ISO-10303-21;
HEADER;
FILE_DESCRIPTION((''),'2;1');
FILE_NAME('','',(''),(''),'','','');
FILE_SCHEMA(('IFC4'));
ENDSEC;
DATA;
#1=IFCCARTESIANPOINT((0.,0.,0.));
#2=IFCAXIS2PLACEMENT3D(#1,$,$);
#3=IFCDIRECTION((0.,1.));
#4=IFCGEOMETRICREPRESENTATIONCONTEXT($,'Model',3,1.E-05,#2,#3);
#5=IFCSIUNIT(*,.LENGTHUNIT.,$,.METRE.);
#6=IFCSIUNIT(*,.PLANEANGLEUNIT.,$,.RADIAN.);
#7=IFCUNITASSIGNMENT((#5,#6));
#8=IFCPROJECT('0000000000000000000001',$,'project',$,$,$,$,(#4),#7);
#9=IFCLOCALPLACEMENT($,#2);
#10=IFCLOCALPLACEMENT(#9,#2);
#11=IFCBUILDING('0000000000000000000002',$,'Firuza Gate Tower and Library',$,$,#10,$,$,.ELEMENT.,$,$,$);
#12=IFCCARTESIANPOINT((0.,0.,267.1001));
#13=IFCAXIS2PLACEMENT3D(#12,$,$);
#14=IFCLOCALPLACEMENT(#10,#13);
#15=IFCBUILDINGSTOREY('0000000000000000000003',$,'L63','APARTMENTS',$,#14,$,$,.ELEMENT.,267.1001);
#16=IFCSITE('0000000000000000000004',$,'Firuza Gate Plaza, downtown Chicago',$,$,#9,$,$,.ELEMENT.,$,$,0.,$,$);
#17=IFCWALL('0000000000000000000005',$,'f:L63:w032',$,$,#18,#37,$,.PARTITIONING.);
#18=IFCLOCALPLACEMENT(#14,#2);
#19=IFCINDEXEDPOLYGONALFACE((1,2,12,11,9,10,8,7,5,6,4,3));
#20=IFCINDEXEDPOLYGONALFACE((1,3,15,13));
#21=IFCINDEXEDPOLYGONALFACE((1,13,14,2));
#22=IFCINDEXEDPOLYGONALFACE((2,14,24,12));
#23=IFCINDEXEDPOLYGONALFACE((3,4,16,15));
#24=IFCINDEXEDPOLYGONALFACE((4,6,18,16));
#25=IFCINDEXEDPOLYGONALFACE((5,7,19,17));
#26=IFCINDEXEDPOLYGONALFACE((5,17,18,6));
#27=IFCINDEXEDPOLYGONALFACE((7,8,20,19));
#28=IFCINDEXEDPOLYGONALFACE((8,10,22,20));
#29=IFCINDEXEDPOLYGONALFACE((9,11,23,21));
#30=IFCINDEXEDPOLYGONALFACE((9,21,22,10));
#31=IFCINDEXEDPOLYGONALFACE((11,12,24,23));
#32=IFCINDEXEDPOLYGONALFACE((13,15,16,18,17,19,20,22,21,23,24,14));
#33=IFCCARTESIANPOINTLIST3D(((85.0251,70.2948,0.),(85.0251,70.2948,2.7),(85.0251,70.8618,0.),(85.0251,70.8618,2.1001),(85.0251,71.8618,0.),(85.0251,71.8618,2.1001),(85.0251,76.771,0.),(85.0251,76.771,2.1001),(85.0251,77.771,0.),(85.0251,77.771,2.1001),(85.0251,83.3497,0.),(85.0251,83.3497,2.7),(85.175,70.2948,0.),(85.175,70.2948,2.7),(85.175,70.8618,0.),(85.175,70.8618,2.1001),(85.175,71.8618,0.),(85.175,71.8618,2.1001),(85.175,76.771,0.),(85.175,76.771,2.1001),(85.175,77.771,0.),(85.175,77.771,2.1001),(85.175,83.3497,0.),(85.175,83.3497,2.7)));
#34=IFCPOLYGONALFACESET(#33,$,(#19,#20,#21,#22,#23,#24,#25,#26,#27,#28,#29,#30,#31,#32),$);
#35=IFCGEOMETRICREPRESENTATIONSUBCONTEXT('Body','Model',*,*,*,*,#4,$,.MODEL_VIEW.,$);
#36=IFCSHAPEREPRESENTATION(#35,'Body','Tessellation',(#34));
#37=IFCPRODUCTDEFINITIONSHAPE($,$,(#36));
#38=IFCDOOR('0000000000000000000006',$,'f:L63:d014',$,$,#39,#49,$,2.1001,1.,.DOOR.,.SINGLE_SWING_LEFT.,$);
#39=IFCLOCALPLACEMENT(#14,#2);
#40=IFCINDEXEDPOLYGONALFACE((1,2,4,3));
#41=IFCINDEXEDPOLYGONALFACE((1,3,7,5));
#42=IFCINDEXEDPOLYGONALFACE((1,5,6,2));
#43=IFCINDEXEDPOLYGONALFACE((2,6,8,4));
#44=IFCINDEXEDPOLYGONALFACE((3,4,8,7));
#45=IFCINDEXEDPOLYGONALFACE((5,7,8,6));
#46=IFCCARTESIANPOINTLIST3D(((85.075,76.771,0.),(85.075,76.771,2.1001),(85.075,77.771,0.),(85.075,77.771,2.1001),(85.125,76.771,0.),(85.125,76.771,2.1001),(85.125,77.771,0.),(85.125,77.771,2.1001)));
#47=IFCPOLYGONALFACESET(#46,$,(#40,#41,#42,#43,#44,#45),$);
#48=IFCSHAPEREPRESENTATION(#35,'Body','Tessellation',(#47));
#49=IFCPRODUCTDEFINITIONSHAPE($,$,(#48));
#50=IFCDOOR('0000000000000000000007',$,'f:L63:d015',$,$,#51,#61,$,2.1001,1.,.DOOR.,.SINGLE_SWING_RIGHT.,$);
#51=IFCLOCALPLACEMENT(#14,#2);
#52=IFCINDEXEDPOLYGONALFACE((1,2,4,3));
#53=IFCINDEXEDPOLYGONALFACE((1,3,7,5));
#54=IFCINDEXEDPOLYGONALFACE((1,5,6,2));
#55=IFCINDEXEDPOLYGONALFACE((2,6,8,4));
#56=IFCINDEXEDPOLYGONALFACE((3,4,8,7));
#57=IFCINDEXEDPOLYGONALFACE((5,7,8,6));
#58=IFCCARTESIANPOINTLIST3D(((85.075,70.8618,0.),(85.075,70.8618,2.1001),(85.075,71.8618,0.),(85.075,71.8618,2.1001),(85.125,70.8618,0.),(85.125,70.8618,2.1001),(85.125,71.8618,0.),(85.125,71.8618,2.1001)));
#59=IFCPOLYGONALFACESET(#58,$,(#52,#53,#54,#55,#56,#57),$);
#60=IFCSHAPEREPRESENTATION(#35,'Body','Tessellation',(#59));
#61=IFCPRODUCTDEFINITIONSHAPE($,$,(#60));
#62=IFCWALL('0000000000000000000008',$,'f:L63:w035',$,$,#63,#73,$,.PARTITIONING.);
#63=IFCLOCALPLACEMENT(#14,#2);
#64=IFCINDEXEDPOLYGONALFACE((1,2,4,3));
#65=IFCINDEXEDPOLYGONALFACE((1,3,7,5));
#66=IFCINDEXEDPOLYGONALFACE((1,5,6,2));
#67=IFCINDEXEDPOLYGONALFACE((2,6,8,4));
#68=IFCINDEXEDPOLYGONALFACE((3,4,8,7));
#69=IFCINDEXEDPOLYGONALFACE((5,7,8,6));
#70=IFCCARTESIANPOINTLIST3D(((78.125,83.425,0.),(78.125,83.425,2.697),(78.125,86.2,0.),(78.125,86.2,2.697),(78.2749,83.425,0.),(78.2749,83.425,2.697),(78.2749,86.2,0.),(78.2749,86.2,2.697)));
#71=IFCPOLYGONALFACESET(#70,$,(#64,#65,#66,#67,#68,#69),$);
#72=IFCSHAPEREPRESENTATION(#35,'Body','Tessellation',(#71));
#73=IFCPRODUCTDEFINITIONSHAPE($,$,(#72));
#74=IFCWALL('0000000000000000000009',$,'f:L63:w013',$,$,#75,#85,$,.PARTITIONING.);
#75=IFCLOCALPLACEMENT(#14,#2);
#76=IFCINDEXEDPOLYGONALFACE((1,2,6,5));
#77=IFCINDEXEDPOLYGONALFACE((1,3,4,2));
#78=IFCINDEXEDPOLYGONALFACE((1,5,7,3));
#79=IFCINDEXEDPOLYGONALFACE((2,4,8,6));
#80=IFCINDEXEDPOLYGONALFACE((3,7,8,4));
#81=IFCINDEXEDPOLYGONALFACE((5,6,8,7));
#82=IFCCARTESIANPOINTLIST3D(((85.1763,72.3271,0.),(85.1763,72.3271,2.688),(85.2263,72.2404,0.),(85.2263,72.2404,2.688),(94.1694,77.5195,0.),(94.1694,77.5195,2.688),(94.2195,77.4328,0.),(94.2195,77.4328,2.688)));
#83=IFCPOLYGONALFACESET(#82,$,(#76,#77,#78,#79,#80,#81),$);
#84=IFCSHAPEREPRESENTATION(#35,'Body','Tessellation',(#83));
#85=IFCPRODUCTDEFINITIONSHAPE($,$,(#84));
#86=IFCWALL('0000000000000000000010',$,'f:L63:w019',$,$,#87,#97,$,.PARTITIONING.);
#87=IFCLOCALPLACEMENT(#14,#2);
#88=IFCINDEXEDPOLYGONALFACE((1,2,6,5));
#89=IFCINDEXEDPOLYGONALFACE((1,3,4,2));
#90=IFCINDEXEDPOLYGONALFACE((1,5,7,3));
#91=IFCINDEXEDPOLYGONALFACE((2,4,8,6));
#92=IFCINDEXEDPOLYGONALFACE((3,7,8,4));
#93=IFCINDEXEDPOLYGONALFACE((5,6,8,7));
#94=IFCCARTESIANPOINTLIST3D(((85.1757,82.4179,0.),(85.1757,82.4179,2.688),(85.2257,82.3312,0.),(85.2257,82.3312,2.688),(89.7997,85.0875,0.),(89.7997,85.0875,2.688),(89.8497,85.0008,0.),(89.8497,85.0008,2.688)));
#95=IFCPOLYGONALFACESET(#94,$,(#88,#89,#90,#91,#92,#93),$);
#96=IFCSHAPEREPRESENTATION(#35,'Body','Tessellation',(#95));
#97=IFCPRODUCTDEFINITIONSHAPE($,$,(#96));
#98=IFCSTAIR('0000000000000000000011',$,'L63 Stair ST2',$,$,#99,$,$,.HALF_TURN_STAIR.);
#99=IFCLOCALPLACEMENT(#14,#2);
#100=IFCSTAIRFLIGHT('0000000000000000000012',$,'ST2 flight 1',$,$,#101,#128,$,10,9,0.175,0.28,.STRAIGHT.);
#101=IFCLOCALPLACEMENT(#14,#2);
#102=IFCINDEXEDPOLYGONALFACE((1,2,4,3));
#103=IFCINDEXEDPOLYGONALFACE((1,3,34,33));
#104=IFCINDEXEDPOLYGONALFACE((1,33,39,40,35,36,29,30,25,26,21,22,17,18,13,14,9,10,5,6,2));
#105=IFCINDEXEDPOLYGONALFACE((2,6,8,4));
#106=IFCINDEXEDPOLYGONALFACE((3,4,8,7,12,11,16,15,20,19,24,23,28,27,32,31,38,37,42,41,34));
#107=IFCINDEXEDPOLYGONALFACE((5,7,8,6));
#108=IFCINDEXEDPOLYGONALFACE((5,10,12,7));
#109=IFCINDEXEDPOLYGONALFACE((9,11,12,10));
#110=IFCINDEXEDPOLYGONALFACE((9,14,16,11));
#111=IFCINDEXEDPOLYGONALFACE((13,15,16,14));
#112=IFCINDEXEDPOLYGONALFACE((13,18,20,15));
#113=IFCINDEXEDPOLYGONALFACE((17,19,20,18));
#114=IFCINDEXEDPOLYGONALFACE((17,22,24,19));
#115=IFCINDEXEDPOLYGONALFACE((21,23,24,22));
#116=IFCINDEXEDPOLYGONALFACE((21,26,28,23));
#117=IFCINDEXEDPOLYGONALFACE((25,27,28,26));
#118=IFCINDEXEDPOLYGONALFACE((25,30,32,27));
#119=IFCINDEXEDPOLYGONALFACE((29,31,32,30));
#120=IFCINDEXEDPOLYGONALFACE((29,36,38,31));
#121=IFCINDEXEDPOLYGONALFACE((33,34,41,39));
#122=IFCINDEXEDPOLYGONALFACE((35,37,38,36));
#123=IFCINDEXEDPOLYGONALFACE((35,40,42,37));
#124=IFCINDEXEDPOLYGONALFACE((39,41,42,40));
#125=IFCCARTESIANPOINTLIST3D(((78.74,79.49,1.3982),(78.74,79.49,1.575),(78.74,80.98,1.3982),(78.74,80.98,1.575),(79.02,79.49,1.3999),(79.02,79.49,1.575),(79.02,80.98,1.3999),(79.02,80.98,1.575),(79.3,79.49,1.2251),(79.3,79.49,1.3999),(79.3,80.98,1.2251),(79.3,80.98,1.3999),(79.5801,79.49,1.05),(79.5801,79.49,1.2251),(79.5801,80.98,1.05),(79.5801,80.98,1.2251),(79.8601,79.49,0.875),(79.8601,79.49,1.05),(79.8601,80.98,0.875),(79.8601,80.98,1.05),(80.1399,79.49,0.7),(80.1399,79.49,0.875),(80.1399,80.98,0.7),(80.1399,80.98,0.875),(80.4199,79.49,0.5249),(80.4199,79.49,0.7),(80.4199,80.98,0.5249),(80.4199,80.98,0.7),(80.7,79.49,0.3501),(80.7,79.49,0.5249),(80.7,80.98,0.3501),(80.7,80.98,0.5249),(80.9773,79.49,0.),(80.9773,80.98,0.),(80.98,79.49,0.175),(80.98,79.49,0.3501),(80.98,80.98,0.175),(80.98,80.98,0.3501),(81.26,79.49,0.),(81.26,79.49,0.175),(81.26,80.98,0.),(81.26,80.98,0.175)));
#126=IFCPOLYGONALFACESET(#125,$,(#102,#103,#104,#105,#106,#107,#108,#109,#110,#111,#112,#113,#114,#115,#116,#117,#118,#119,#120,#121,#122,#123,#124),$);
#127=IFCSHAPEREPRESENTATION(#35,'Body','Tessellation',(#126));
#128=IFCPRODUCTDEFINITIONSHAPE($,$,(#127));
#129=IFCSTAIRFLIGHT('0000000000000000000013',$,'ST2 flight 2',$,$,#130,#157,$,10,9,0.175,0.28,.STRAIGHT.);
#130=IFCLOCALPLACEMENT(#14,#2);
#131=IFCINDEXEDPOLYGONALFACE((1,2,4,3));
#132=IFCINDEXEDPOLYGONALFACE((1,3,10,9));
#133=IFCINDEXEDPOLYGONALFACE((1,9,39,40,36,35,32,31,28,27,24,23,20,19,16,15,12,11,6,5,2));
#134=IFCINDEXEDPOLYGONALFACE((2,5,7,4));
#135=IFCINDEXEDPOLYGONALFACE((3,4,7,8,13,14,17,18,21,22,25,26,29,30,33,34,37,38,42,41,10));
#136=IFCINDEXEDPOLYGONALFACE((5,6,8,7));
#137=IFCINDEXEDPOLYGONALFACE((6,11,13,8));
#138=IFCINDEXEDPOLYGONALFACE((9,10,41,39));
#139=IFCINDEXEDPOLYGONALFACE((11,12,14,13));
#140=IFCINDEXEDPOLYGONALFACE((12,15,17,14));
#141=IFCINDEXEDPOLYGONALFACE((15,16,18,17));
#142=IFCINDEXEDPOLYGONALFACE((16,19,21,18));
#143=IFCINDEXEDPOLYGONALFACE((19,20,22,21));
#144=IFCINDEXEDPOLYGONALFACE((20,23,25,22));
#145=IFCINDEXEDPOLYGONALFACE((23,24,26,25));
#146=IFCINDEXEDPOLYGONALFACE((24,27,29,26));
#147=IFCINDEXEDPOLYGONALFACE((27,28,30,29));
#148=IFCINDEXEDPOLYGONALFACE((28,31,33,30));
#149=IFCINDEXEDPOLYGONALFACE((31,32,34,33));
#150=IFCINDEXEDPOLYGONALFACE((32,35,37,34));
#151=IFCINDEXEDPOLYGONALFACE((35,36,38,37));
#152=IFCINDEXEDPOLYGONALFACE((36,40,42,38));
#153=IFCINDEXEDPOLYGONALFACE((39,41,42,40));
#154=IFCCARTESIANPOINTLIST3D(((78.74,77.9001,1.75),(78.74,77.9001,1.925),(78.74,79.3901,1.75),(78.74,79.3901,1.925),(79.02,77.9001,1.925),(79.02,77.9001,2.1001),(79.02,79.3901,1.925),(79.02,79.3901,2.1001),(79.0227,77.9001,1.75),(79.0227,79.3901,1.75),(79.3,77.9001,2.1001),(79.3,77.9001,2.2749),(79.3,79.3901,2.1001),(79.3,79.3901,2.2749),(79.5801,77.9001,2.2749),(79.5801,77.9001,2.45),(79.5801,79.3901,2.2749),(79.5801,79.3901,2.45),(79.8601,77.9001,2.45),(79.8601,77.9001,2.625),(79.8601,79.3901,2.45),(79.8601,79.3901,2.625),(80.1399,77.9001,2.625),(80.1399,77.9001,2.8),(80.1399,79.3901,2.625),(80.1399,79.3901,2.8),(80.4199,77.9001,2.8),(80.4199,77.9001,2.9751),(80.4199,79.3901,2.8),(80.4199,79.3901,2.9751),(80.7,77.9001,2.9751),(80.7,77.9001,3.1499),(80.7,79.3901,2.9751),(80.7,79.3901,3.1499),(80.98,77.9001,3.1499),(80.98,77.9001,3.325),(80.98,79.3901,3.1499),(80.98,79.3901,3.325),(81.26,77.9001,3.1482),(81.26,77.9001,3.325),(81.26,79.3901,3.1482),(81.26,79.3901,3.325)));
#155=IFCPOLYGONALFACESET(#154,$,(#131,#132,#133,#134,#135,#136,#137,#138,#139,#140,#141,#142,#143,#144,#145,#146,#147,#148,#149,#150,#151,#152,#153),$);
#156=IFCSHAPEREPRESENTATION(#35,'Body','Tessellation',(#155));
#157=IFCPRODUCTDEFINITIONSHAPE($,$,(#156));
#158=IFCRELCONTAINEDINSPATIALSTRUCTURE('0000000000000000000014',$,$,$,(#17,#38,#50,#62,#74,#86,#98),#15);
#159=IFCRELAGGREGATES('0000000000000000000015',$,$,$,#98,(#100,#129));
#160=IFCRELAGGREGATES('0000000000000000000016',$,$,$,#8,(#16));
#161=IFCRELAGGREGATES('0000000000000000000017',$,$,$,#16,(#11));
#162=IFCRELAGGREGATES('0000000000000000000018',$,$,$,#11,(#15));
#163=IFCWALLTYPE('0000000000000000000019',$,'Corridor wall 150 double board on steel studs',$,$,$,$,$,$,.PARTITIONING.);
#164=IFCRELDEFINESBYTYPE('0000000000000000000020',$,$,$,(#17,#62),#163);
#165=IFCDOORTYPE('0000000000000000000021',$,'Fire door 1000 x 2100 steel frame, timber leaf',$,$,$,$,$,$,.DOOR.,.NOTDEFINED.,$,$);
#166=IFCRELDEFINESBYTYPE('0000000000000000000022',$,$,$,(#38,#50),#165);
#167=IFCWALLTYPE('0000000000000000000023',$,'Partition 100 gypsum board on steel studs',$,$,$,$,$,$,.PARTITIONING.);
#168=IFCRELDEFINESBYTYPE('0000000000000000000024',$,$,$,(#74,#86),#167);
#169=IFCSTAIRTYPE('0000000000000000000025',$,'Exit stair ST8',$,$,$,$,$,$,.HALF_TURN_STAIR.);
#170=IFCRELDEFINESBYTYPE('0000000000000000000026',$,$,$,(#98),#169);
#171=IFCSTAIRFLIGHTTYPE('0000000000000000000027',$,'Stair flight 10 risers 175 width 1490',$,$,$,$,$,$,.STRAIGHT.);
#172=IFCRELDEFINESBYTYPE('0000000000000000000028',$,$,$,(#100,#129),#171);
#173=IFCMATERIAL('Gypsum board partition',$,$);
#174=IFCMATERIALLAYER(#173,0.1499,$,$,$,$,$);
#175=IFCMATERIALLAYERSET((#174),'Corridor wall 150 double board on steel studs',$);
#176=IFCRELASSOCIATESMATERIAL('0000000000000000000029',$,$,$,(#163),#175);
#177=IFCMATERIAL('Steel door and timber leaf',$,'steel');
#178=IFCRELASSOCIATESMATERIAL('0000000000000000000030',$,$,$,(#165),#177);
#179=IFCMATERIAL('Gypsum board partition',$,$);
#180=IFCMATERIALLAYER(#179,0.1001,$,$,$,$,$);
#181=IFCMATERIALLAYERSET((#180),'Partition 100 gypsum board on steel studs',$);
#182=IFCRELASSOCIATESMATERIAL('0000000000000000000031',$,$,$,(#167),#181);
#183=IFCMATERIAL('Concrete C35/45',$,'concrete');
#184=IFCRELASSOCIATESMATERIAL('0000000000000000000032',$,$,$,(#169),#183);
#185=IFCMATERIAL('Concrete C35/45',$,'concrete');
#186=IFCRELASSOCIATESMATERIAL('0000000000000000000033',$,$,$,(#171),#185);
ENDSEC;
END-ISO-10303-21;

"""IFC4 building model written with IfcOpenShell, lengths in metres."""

from ifc_helpers import new_model, si_unit, direction, frame, frame_2d, origin, place, context, subcontext, project, spatial, polyline, rectangle, outline, extrude, material, layer, layer_set, type_object, element, fill, aggregate, save


model = new_model("IFC4")

# Units and contexts
model_context = context("Model", 3, precision=1e-05, world=origin(), true_north=direction((0.0, 1.0)))
body_context = subcontext(model_context, "Body", "Model", "MODEL_VIEW")
ifc_project = project(units=[si_unit("LENGTHUNIT", "METRE"), si_unit("PLANEANGLEUNIT", "RADIAN")], contexts=[model_context])

# Site, building, storey
site_placement = place(None, origin())
site = spatial("IfcSite", under=ifc_project, at=site_placement, Name="Firuza Gate Plaza, downtown Chicago", CompositionType="ELEMENT", RefElevation=0.0)
building_placement = place(site_placement, origin())
building = spatial("IfcBuilding", under=site, at=building_placement, Name="Firuza Gate Tower and Library", CompositionType="ELEMENT")
storey_placement = place(building_placement, frame((0.0, 0.0, 267.1001)))
storey = spatial("IfcBuildingStorey", under=building, at=storey_placement, Name="L63", Description="APARTMENTS", CompositionType="ELEMENT", Elevation=267.1001)

# Shared definitions
placement = place(storey_placement, origin())

# Shared definitions
ifc_material_1 = material(Name="Gypsum board partition")
ifc_layer_1 = layer(ifc_material_1, 0.1499)
ifc_layer_set_1 = layer_set([ifc_layer_1], Name="Corridor wall 150 double board on steel studs")
wall_type_1 = type_object("IfcWallType", Name="Corridor wall 150 double board on steel studs", PredefinedType="PARTITIONING", material=ifc_layer_set_1)
ifc_material_2 = material(Name="Steel door and timber leaf", Category="steel")
door_type_1 = type_object("IfcDoorType", Name="Fire door 1000 x 2100 steel frame, timber leaf", OperationType="NOTDEFINED", PredefinedType="DOOR", material=ifc_material_2)

# Wall, openings, doors
wall_1_placement = place(storey_placement, frame((85.1001, 83.3496, 0.0), z_axis=(0.0, 0.0, 1.0), x_axis=(0.0, -1.0, 0.0)))
wall_1 = element("IfcWall", 1, at=wall_1_placement, inside=storey, type_object=wall_type_1, Name="f:L63:w032", PredefinedType="PARTITIONING", context=body_context, shape_type="SweptSolid", body=[
    extrude(rectangle(XDim=13.0549, YDim=0.1499, at=frame_2d((6.5273, 0.0))), origin(), (0.0, 0.0, 1.0), 2.7),
])
opening_1_placement = place(wall_1_placement, frame((5.5786, 0.0, 0.0)))
opening_1 = element("IfcOpeningElement", 2, at=opening_1_placement, cuts=wall_1, PredefinedType="OPENING", context=body_context, shape_type="SweptSolid", body=[
    extrude(rectangle(XDim=1.0, YDim=2.1001, at=frame_2d((0.5, 1.05))), frame((0.0, 0.085, 0.0), z_axis=(0.0, -1.0, 0.0), x_axis=(1.0, 0.0, 0.0)), (0.0, 0.0, 1.0), 0.1699),
])
opening_2_placement = place(wall_1_placement, frame((11.4878, 0.0, 0.0)))
opening_2 = element("IfcOpeningElement", 3, at=opening_2_placement, cuts=wall_1, PredefinedType="OPENING", context=body_context, shape_type="SweptSolid", body=[
    extrude(rectangle(XDim=1.0, YDim=2.1001, at=frame_2d((0.5, 1.05))), frame((0.0, 0.085, 0.0), z_axis=(0.0, -1.0, 0.0), x_axis=(1.0, 0.0, 0.0)), (0.0, 0.0, 1.0), 0.1699),
])
door_1_placement = place(opening_1_placement, origin())
door_1 = element("IfcDoor", 4, at=door_1_placement, inside=storey, type_object=door_type_1, Name="f:L63:d014", OperationType="SINGLE_SWING_LEFT", OverallHeight=2.1001, OverallWidth=1.0, PredefinedType="DOOR", context=body_context, shape_type="SweptSolid", body=[
    extrude(rectangle(XDim=1.0, YDim=2.1001, at=frame_2d((0.5, 1.05))), frame((0.0, 0.0249, 0.0), z_axis=(0.0, -1.0, 0.0), x_axis=(1.0, 0.0, 0.0)), (0.0, 0.0, 1.0), 0.05),
])
fill(opening_1, door_1)
door_2_placement = place(opening_2_placement, origin())
door_2 = element("IfcDoor", 5, at=door_2_placement, inside=storey, type_object=door_type_1, Name="f:L63:d015", OperationType="SINGLE_SWING_RIGHT", OverallHeight=2.1001, OverallWidth=1.0, PredefinedType="DOOR", context=body_context, shape_type="SweptSolid", body=[
    extrude(rectangle(XDim=1.0, YDim=2.1001, at=frame_2d((0.5, 1.05))), frame((0.0, 0.0249, 0.0), z_axis=(0.0, -1.0, 0.0), x_axis=(1.0, 0.0, 0.0)), (0.0, 0.0, 1.0), 0.05),
])
fill(opening_2, door_2)

# Walls
wall_2_placement = place(storey_placement, frame((78.2, 83.425, 0.0), z_axis=(0.0, 0.0, 1.0), x_axis=(0.0, 1.0, 0.0)))
element("IfcWall", 6, at=wall_2_placement, inside=storey, type_object=wall_type_1, Name="f:L63:w035", PredefinedType="PARTITIONING", context=body_context, shape_type="SweptSolid", body=[
    extrude(rectangle(XDim=2.7749, YDim=0.1499, at=frame_2d((1.3875, 0.0))), origin(), (0.0, 0.0, 1.0), 2.697),
])
ifc_material_3 = material(Name="Gypsum board partition")
ifc_layer_2 = layer(ifc_material_3, 0.1001)
ifc_layer_set_2 = layer_set([ifc_layer_2], Name="Partition 100 gypsum board on steel studs")
wall_type_2 = type_object("IfcWallType", Name="Partition 100 gypsum board on steel studs", PredefinedType="PARTITIONING", material=ifc_layer_set_2)
wall_3_placement = place(storey_placement, frame((85.2012, 72.2837, 0.0), z_axis=(0.0, 0.0, 1.0), x_axis=(0.866018, 0.500013, 0.0)))
element("IfcWall", 7, at=wall_3_placement, inside=storey, type_object=wall_type_2, Name="f:L63:w013", PredefinedType="PARTITIONING", context=body_context, shape_type="SweptSolid", body=[
    extrude(rectangle(XDim=10.3845, YDim=0.1001, at=frame_2d((5.1924, 0.0))), origin(), (0.0, 0.0, 1.0), 2.688),
])
wall_4_placement = place(storey_placement, frame((85.2007, 82.3745, 0.0), z_axis=(0.0, 0.0, 1.0), x_axis=(0.866026, 0.5, 0.0)))
element("IfcWall", 8, at=wall_4_placement, inside=storey, type_object=wall_type_2, Name="f:L63:w019", PredefinedType="PARTITIONING", context=body_context, shape_type="SweptSolid", body=[
    extrude(rectangle(XDim=5.3394, YDim=0.1001, at=frame_2d((2.6697, 0.0))), origin(), (0.0, 0.0, 1.0), 2.688),
])

# Stair, stair flights
ifc_material_4 = material(Name="Concrete C35/45", Category="concrete")
stair_type = type_object("IfcStairType", Name="Exit stair ST8", PredefinedType="HALF_TURN_STAIR", material=ifc_material_4)
stair = element("IfcStair", 9, at=placement, inside=storey, type_object=stair_type, Name="L63 Stair ST2", PredefinedType="HALF_TURN_STAIR")
ifc_material_5 = material(Name="Concrete C35/45", Category="concrete")
stair_flight_type = type_object("IfcStairFlightType", Name="Stair flight 10 risers 175 width 1490", PredefinedType="STRAIGHT", material=ifc_material_5)
stair_flight_1_placement = place(storey_placement, frame((81.26, 80.2351, 0.0), z_axis=(0.0, 0.0, 1.0), x_axis=(-1.0, 0.0, 0.0)))
stair_flight_1 = element("IfcStairFlight", 10, at=stair_flight_1_placement, type_object=stair_flight_type, Name="ST2 flight 1", NumberOfRisers=10, NumberOfTreads=9, PredefinedType="STRAIGHT", RiserHeight=0.175, TreadLength=0.28, context=body_context, shape_type="SweptSolid", body=[
    extrude(outline(polyline([(0.0, 0.0), (0.0, 0.175), (0.28, 0.175), (0.28, 0.3501), (0.5601, 0.3501), (0.5601, 0.5249), (0.8401, 0.5249), (0.8401, 0.7), (1.1201, 0.7), (1.1201, 0.875), (1.3999, 0.875), (1.3999, 1.05), (1.6799, 1.05), (1.6799, 1.2251), (1.96, 1.2251), (1.96, 1.3999), (2.24, 1.3999), (2.24, 1.575), (2.52, 1.575), (2.52, 1.75), (2.52, 1.3982), (0.2827, 0.0), (0.0, 0.0)])), frame((0.0, 0.7451, 0.0), z_axis=(0.0, -1.0, 0.0), x_axis=(1.0, 0.0, 0.0)), (0.0, 0.0, 1.0), 1.49),
])
stair_flight_2_placement = place(storey_placement, frame((78.74, 78.645, 1.75), z_axis=(0.0, 0.0, 1.0), x_axis=(1.0, 0.0, 0.0)))
stair_flight_2 = element("IfcStairFlight", 11, at=stair_flight_2_placement, type_object=stair_flight_type, Name="ST2 flight 2", NumberOfRisers=10, NumberOfTreads=9, PredefinedType="STRAIGHT", RiserHeight=0.175, TreadLength=0.28, context=body_context, shape_type="SweptSolid", body=[
    extrude(outline(polyline([(0.0, 0.0), (0.0, 0.175), (0.28, 0.175), (0.28, 0.3501), (0.5601, 0.3501), (0.5601, 0.5249), (0.8401, 0.5249), (0.8401, 0.7), (1.1201, 0.7), (1.1201, 0.875), (1.3999, 0.875), (1.3999, 1.05), (1.6799, 1.05), (1.6799, 1.2251), (1.96, 1.2251), (1.96, 1.3999), (2.24, 1.3999), (2.24, 1.575), (2.52, 1.575), (2.52, 1.75), (2.52, 1.3982), (0.2827, 0.0), (0.0, 0.0)])), frame((0.0, 0.7451, 0.0), z_axis=(0.0, -1.0, 0.0), x_axis=(1.0, 0.0, 0.0)), (0.0, 0.0, 1.0), 1.49),
])
aggregate(stair, [stair_flight_1, stair_flight_2])

save(model, "model.ifc")
